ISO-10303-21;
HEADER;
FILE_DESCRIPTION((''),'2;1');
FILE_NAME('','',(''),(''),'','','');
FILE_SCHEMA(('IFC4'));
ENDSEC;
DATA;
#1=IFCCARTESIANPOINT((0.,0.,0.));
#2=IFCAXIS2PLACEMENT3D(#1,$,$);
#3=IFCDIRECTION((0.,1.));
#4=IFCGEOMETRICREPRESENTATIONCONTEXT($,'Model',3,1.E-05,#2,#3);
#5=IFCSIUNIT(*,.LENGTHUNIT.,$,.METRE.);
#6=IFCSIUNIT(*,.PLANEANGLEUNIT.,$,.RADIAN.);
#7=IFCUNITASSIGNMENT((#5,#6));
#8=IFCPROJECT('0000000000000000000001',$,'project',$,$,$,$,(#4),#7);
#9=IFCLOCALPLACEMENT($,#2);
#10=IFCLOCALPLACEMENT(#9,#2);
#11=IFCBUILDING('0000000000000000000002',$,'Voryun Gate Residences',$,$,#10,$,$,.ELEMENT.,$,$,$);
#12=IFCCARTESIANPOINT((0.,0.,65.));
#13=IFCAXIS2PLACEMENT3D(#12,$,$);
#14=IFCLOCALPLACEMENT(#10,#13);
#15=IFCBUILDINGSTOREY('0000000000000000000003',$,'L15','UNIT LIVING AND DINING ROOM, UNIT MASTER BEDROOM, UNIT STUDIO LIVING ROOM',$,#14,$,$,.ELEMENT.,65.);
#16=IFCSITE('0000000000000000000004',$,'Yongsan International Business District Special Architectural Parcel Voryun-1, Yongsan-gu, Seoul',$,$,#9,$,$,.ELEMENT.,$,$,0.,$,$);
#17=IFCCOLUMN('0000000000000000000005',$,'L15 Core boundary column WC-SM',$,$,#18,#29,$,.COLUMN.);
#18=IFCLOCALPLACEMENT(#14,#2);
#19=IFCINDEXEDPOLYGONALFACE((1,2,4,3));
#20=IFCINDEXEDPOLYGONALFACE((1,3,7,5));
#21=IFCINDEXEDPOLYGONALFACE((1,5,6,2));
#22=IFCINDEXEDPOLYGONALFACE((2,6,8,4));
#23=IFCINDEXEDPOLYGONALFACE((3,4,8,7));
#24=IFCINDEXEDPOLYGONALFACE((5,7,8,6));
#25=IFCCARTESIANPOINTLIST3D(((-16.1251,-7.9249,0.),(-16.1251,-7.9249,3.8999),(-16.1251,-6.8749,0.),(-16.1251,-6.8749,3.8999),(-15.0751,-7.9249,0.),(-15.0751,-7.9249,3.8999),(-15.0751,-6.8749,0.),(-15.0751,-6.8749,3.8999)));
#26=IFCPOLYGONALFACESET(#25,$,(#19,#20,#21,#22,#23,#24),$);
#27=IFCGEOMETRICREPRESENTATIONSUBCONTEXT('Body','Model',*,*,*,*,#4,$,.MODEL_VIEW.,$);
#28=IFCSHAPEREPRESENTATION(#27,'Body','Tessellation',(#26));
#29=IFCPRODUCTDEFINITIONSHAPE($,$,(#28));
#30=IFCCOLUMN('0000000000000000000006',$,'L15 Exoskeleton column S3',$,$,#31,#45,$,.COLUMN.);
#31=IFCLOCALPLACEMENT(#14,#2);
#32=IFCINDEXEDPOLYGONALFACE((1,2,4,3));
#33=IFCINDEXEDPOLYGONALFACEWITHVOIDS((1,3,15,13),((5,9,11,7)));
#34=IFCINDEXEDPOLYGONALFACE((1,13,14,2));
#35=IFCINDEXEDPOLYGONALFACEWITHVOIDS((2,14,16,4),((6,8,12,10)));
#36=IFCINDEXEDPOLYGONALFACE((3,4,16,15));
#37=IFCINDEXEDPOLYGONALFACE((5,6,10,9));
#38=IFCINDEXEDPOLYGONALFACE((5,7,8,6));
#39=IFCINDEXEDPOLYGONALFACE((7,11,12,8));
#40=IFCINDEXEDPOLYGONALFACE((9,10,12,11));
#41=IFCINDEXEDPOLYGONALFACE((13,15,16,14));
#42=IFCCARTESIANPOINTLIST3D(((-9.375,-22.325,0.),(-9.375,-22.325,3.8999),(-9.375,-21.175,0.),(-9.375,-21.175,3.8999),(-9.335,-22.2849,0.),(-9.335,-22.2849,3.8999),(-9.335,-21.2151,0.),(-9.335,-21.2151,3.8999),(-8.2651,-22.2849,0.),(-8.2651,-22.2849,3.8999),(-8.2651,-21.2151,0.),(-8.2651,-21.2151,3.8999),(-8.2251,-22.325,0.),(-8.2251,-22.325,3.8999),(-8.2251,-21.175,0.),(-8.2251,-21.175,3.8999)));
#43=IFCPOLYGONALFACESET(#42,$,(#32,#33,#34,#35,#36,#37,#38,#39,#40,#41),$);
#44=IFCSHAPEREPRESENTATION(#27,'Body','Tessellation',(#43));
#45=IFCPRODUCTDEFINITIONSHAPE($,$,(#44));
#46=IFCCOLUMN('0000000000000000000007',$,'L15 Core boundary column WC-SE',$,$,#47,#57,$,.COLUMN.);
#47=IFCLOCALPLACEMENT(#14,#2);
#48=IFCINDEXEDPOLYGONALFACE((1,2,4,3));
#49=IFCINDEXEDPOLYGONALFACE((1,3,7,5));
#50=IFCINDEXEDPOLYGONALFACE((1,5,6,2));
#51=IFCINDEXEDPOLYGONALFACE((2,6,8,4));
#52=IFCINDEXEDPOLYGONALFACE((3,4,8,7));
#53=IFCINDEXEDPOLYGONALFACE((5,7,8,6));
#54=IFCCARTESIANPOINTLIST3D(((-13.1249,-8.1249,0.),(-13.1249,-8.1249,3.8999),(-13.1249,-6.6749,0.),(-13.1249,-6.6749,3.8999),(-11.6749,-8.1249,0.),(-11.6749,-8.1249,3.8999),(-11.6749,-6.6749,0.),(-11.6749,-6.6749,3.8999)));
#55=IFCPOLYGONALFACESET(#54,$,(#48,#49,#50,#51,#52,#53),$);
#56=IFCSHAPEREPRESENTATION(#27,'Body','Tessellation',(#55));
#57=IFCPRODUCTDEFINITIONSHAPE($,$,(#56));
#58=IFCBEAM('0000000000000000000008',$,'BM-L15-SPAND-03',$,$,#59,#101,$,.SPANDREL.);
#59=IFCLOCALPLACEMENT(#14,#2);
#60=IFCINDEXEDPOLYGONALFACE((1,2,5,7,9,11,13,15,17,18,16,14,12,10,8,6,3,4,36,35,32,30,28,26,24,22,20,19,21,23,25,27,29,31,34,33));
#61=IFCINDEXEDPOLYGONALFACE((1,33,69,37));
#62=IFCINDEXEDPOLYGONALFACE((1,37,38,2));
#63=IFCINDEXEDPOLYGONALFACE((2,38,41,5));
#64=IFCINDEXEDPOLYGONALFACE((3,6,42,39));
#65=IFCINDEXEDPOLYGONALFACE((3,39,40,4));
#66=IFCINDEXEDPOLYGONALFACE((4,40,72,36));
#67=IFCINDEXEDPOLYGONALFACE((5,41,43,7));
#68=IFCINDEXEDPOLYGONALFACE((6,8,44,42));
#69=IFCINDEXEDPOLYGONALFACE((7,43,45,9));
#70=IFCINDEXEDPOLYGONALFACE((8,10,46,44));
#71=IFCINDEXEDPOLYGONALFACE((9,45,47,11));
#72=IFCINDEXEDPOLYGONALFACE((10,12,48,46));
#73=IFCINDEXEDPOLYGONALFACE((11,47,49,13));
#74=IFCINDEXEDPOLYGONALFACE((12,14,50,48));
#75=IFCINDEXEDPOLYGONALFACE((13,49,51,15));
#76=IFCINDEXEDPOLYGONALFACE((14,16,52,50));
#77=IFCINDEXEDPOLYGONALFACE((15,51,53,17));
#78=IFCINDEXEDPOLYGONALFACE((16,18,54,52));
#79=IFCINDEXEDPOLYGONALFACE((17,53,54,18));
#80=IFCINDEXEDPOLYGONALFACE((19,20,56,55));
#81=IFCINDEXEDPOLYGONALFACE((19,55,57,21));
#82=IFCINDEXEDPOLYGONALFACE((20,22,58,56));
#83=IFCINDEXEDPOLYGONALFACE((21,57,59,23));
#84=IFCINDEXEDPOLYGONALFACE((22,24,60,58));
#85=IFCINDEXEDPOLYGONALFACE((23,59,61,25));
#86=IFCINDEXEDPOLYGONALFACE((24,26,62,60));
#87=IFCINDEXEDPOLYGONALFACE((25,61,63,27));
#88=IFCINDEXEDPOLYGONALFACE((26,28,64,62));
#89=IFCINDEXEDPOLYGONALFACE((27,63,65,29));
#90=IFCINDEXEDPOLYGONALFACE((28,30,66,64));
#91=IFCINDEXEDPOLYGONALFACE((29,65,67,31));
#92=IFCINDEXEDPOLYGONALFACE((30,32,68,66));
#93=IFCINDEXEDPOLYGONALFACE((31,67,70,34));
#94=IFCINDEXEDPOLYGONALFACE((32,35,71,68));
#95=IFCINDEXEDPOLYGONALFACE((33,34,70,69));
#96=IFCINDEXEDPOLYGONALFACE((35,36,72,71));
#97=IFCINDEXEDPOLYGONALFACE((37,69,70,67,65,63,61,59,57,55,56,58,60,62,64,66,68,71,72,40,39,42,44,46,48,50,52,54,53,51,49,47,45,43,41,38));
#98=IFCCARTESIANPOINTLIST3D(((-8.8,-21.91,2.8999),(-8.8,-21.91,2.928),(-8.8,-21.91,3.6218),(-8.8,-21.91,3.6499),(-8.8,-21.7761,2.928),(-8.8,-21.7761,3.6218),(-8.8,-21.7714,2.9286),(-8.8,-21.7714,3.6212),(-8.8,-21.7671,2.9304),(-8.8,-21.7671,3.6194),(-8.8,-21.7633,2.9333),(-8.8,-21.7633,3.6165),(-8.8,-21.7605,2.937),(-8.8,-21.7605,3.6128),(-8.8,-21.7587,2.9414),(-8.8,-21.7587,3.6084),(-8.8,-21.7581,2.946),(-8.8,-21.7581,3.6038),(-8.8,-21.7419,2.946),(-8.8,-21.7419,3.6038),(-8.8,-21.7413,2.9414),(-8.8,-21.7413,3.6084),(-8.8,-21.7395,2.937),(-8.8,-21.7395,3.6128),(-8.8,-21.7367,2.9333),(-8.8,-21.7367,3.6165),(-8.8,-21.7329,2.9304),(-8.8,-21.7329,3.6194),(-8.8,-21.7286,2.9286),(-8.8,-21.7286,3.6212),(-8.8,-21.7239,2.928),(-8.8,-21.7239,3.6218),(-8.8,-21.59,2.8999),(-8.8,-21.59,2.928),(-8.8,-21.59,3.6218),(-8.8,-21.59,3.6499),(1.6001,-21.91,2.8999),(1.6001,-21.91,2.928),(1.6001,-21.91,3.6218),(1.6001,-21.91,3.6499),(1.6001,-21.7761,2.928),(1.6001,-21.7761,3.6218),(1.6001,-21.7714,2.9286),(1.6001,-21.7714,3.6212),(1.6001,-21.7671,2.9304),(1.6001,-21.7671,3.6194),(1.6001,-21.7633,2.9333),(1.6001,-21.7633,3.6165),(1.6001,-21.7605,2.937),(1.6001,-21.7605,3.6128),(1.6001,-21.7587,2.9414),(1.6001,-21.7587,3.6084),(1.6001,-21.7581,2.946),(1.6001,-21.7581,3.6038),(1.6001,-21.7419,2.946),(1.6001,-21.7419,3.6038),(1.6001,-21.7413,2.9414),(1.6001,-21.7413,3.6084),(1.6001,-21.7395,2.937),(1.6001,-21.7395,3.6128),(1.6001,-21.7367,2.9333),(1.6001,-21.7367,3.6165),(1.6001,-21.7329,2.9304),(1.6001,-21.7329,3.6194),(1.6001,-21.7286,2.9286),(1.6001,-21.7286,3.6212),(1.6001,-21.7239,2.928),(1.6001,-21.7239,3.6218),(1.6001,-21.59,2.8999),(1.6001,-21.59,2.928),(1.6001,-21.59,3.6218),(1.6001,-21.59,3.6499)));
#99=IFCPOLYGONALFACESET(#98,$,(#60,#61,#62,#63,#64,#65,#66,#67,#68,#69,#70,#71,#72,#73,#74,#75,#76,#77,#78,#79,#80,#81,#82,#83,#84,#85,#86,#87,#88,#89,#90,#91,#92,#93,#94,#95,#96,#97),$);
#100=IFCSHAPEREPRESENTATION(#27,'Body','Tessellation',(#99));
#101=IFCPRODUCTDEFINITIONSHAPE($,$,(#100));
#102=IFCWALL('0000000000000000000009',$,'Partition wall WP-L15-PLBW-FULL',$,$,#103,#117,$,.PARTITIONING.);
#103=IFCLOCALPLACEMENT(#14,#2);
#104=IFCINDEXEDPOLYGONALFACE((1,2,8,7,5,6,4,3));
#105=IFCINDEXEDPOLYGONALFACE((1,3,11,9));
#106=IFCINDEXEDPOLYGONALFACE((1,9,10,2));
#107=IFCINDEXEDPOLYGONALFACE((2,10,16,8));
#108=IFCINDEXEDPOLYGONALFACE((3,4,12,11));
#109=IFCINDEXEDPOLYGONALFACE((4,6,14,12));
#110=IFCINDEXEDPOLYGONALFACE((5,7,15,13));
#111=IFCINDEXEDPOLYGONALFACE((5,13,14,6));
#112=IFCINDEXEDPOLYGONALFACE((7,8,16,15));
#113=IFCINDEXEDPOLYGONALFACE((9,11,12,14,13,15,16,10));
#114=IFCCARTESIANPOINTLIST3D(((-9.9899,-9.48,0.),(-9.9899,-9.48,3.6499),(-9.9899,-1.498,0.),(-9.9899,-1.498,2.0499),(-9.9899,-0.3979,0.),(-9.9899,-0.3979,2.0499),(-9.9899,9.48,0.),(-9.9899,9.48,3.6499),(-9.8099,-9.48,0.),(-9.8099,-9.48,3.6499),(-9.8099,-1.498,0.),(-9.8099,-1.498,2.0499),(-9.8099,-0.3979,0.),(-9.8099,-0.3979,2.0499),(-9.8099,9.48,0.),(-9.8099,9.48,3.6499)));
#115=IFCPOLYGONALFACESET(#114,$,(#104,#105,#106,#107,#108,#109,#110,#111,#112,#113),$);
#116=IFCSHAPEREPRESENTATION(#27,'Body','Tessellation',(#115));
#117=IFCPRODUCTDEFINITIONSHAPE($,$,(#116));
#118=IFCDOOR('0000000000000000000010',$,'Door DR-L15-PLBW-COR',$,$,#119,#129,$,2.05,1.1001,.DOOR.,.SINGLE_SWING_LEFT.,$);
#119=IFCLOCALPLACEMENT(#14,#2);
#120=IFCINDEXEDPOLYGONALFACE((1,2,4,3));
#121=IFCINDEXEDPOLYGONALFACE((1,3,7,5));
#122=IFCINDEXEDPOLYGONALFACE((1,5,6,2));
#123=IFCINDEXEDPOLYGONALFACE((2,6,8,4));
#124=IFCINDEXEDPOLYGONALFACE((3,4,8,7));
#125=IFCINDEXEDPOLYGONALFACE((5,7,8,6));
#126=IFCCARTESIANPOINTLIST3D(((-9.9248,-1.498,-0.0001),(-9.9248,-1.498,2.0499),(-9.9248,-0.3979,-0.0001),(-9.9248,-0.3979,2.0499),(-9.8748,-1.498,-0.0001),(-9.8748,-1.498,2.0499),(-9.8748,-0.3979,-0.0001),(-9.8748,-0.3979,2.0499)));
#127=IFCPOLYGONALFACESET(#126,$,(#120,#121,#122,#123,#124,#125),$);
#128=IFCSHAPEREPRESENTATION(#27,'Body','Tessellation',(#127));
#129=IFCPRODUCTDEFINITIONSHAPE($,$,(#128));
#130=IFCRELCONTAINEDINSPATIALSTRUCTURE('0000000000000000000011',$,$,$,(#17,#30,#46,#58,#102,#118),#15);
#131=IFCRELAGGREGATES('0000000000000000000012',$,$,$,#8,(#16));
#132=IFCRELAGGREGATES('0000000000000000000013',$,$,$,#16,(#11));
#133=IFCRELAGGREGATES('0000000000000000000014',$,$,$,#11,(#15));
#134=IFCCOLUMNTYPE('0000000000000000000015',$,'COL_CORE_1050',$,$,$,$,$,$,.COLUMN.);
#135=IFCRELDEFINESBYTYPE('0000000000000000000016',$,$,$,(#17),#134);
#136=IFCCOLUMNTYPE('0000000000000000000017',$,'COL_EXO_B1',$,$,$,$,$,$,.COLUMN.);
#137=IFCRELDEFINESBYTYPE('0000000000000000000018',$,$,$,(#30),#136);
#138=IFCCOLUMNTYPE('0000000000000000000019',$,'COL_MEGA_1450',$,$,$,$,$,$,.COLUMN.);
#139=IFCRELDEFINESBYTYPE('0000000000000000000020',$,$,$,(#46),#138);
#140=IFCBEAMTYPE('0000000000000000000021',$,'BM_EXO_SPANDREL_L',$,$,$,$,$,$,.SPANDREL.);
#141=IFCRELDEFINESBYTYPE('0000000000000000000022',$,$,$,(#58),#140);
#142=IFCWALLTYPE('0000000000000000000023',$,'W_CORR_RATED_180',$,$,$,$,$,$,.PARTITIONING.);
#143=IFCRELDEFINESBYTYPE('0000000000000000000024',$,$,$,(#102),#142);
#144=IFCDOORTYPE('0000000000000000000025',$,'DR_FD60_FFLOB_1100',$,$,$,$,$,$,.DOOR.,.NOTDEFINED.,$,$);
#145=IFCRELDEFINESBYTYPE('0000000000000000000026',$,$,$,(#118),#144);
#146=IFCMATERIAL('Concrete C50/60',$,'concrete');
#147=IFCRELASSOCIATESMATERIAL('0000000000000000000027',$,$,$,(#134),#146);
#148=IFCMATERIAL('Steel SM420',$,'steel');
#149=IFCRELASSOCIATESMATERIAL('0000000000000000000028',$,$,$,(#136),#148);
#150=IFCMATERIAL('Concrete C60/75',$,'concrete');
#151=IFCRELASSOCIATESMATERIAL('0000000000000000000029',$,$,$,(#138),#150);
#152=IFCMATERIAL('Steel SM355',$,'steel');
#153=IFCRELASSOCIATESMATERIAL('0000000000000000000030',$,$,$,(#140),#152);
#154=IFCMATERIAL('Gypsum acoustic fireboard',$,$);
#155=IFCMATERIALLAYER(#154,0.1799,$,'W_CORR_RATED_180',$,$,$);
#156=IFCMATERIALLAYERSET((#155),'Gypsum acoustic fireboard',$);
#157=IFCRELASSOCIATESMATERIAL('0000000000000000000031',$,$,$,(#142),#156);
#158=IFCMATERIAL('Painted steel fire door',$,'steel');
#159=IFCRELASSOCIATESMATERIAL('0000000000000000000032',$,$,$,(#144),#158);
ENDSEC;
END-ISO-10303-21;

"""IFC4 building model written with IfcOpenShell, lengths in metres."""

from ifc_helpers import new_model, si_unit, direction, frame, frame_2d, origin, origin_2d, place, context, subcontext, project, spatial, rectangle, hollow_rectangle, i_section, extrude, material, layer, layer_set, material_profile, profile_set, type_object, element, fill, save


model = new_model("IFC4")

# Units and contexts
model_context = context("Model", 3, precision=1e-05, world=origin(), true_north=direction((0.0, 1.0)))
body_context = subcontext(model_context, "Body", "Model", "MODEL_VIEW")
ifc_project = project(units=[si_unit("LENGTHUNIT", "METRE"), si_unit("PLANEANGLEUNIT", "RADIAN")], contexts=[model_context])

# Site, building, storey
site_placement = place(None, origin())
site = spatial("IfcSite", under=ifc_project, at=site_placement, Name="Yongsan International Business District Special Architectural Parcel Voryun-1, Yongsan-gu, Seoul", CompositionType="ELEMENT", RefElevation=0.0)
building_placement = place(site_placement, origin())
building = spatial("IfcBuilding", under=site, at=building_placement, Name="Voryun Gate Residences", CompositionType="ELEMENT")
storey_placement = place(building_placement, frame((0.0, 0.0, 65.0)))
storey = spatial("IfcBuildingStorey", under=building, at=storey_placement, Name="L15", Description="UNIT LIVING AND DINING ROOM, UNIT MASTER BEDROOM, UNIT STUDIO LIVING ROOM", CompositionType="ELEMENT", Elevation=65.0)

# Columns
ifc_material_1 = material(Name="Concrete C50/60", Category="concrete")
ifc_material_profile_1 = material_profile(ifc_material_1, rectangle(XDim=1.05, YDim=1.05, at=origin_2d()), Name="RC-1050x1050")
ifc_profile_set_1 = profile_set([ifc_material_profile_1], Name="Concrete C50/60")
column_type_1 = type_object("IfcColumnType", Name="COL_CORE_1050", PredefinedType="COLUMN", material=ifc_profile_set_1)
column_1_placement = place(storey_placement, frame((-15.6001, -7.3999, 0.0), z_axis=(0.0, 0.0, 1.0), x_axis=(1.0, 0.0, 0.0)))
element("IfcColumn", 1, at=column_1_placement, inside=storey, type_object=column_type_1, Name="L15 Core boundary column WC-SM", PredefinedType="COLUMN", context=body_context, shape_type="SweptSolid", body=[
    extrude(rectangle(XDim=1.05, YDim=1.05, at=origin_2d()), origin(), (0.0, 0.0, 1.0), 3.8999),
])
ifc_material_2 = material(Name="Steel SM420", Category="steel")
ifc_material_profile_2 = material_profile(ifc_material_2, hollow_rectangle(XDim=1.1499, YDim=1.1499, WallThickness=0.04, at=origin_2d()), Name="BOX-1150x1150x40")
ifc_profile_set_2 = profile_set([ifc_material_profile_2], Name="Steel SM420")
column_type_2 = type_object("IfcColumnType", Name="COL_EXO_B1", PredefinedType="COLUMN", material=ifc_profile_set_2)
column_2_placement = place(storey_placement, frame((-8.8, -21.75, 0.0), z_axis=(0.0, 0.0, 1.0), x_axis=(1.0, 0.0, 0.0)))
element("IfcColumn", 2, at=column_2_placement, inside=storey, type_object=column_type_2, Name="L15 Exoskeleton column S3", PredefinedType="COLUMN", context=body_context, shape_type="SweptSolid", body=[
    extrude(hollow_rectangle(XDim=1.1499, YDim=1.1499, WallThickness=0.04, at=origin_2d()), origin(), (0.0, 0.0, 1.0), 3.8999),
])
ifc_material_3 = material(Name="Concrete C60/75", Category="concrete")
ifc_material_profile_3 = material_profile(ifc_material_3, rectangle(XDim=1.45, YDim=1.45, at=origin_2d()), Name="RC-1450x1450")
ifc_profile_set_3 = profile_set([ifc_material_profile_3], Name="Concrete C60/75")
column_type_3 = type_object("IfcColumnType", Name="COL_MEGA_1450", PredefinedType="COLUMN", material=ifc_profile_set_3)
column_3_placement = place(storey_placement, frame((-12.3999, -7.3999, 0.0), z_axis=(0.0, 0.0, 1.0), x_axis=(1.0, 0.0, 0.0)))
element("IfcColumn", 3, at=column_3_placement, inside=storey, type_object=column_type_3, Name="L15 Core boundary column WC-SE", PredefinedType="COLUMN", context=body_context, shape_type="SweptSolid", body=[
    extrude(rectangle(XDim=1.45, YDim=1.45, at=origin_2d()), origin(), (0.0, 0.0, 1.0), 3.8999),
])

# Beam
ifc_material_4 = material(Name="Steel SM355", Category="steel")
ifc_material_profile_4 = material_profile(ifc_material_4, i_section(OverallWidth=0.3201, OverallDepth=0.75, WebThickness=0.0161, FlangeThickness=0.0281, FilletRadius=0.0181, at=origin_2d()), Name="H-750x320x16x28")
ifc_profile_set_4 = profile_set([ifc_material_profile_4], Name="Steel SM355")
beam_type = type_object("IfcBeamType", Name="BM_EXO_SPANDREL_L", PredefinedType="SPANDREL", material=ifc_profile_set_4)
beam_placement = place(storey_placement, frame((-8.8, -21.75, 3.2749), z_axis=(1.0, 0.0, 0.0), x_axis=(0.0, 1.0, 0.0)))
element("IfcBeam", 4, at=beam_placement, inside=storey, type_object=beam_type, Name="BM-L15-SPAND-03", PredefinedType="SPANDREL", context=body_context, shape_type="SweptSolid", body=[
    extrude(i_section(OverallWidth=0.3201, OverallDepth=0.75, WebThickness=0.0161, FlangeThickness=0.0281, FilletRadius=0.0181, at=origin_2d()), origin(), (0.0, 0.0, 1.0), 10.4001),
])

# Wall, opening, door
ifc_material_5 = material(Name="Gypsum acoustic fireboard")
ifc_layer_1 = layer(ifc_material_5, 0.1799, Name="W_CORR_RATED_180")
ifc_layer_set_1 = layer_set([ifc_layer_1], Name="Gypsum acoustic fireboard")
wall_type_1 = type_object("IfcWallType", Name="W_CORR_RATED_180", PredefinedType="PARTITIONING", material=ifc_layer_set_1)
wall_1_placement = place(storey_placement, frame((-9.8999, -9.48, 0.0), z_axis=(0.0, 0.0, 1.0), x_axis=(0.0, 1.0, 0.0)))
wall_1 = element("IfcWall", 5, at=wall_1_placement, inside=storey, type_object=wall_type_1, Name="Partition wall WP-L15-PLBW-FULL", PredefinedType="PARTITIONING", context=body_context, shape_type="SweptSolid", body=[
    extrude(rectangle(XDim=18.96, YDim=0.1799, at=frame_2d((9.48, 0.0))), origin(), (0.0, 0.0, 1.0), 3.6499),
])
opening_1_placement = place(wall_1_placement, frame((7.9819, 0.0, 0.0)))
opening_1 = element("IfcOpeningElement", 6, at=opening_1_placement, cuts=wall_1, PredefinedType="OPENING", context=body_context, shape_type="SweptSolid", body=[
    extrude(rectangle(XDim=1.1001, YDim=2.05, at=frame_2d((0.55, 1.0249))), frame((0.0, 0.0999, 0.0), z_axis=(0.0, -1.0, 0.0), x_axis=(1.0, 0.0, 0.0)), (0.0, 0.0, 1.0), 0.2),
])
ifc_material_6 = material(Name="Painted steel fire door", Category="steel")
door_type_1 = type_object("IfcDoorType", Name="DR_FD60_FFLOB_1100", OperationType="NOTDEFINED", PredefinedType="DOOR", material=ifc_material_6)
door_1_placement = place(opening_1_placement, origin())
door_1 = element("IfcDoor", 7, at=door_1_placement, inside=storey, type_object=door_type_1, Name="Door DR-L15-PLBW-COR", OperationType="SINGLE_SWING_LEFT", OverallHeight=2.05, OverallWidth=1.1001, PredefinedType="DOOR", context=body_context, shape_type="SweptSolid", body=[
    extrude(rectangle(XDim=1.1001, YDim=2.05, at=frame_2d((0.55, 1.0249))), frame((0.0, 0.0249, 0.0), z_axis=(0.0, -1.0, 0.0), x_axis=(1.0, 0.0, 0.0)), (0.0, 0.0, 1.0), 0.05),
])
fill(opening_1, door_1)

save(model, "model.ifc")
